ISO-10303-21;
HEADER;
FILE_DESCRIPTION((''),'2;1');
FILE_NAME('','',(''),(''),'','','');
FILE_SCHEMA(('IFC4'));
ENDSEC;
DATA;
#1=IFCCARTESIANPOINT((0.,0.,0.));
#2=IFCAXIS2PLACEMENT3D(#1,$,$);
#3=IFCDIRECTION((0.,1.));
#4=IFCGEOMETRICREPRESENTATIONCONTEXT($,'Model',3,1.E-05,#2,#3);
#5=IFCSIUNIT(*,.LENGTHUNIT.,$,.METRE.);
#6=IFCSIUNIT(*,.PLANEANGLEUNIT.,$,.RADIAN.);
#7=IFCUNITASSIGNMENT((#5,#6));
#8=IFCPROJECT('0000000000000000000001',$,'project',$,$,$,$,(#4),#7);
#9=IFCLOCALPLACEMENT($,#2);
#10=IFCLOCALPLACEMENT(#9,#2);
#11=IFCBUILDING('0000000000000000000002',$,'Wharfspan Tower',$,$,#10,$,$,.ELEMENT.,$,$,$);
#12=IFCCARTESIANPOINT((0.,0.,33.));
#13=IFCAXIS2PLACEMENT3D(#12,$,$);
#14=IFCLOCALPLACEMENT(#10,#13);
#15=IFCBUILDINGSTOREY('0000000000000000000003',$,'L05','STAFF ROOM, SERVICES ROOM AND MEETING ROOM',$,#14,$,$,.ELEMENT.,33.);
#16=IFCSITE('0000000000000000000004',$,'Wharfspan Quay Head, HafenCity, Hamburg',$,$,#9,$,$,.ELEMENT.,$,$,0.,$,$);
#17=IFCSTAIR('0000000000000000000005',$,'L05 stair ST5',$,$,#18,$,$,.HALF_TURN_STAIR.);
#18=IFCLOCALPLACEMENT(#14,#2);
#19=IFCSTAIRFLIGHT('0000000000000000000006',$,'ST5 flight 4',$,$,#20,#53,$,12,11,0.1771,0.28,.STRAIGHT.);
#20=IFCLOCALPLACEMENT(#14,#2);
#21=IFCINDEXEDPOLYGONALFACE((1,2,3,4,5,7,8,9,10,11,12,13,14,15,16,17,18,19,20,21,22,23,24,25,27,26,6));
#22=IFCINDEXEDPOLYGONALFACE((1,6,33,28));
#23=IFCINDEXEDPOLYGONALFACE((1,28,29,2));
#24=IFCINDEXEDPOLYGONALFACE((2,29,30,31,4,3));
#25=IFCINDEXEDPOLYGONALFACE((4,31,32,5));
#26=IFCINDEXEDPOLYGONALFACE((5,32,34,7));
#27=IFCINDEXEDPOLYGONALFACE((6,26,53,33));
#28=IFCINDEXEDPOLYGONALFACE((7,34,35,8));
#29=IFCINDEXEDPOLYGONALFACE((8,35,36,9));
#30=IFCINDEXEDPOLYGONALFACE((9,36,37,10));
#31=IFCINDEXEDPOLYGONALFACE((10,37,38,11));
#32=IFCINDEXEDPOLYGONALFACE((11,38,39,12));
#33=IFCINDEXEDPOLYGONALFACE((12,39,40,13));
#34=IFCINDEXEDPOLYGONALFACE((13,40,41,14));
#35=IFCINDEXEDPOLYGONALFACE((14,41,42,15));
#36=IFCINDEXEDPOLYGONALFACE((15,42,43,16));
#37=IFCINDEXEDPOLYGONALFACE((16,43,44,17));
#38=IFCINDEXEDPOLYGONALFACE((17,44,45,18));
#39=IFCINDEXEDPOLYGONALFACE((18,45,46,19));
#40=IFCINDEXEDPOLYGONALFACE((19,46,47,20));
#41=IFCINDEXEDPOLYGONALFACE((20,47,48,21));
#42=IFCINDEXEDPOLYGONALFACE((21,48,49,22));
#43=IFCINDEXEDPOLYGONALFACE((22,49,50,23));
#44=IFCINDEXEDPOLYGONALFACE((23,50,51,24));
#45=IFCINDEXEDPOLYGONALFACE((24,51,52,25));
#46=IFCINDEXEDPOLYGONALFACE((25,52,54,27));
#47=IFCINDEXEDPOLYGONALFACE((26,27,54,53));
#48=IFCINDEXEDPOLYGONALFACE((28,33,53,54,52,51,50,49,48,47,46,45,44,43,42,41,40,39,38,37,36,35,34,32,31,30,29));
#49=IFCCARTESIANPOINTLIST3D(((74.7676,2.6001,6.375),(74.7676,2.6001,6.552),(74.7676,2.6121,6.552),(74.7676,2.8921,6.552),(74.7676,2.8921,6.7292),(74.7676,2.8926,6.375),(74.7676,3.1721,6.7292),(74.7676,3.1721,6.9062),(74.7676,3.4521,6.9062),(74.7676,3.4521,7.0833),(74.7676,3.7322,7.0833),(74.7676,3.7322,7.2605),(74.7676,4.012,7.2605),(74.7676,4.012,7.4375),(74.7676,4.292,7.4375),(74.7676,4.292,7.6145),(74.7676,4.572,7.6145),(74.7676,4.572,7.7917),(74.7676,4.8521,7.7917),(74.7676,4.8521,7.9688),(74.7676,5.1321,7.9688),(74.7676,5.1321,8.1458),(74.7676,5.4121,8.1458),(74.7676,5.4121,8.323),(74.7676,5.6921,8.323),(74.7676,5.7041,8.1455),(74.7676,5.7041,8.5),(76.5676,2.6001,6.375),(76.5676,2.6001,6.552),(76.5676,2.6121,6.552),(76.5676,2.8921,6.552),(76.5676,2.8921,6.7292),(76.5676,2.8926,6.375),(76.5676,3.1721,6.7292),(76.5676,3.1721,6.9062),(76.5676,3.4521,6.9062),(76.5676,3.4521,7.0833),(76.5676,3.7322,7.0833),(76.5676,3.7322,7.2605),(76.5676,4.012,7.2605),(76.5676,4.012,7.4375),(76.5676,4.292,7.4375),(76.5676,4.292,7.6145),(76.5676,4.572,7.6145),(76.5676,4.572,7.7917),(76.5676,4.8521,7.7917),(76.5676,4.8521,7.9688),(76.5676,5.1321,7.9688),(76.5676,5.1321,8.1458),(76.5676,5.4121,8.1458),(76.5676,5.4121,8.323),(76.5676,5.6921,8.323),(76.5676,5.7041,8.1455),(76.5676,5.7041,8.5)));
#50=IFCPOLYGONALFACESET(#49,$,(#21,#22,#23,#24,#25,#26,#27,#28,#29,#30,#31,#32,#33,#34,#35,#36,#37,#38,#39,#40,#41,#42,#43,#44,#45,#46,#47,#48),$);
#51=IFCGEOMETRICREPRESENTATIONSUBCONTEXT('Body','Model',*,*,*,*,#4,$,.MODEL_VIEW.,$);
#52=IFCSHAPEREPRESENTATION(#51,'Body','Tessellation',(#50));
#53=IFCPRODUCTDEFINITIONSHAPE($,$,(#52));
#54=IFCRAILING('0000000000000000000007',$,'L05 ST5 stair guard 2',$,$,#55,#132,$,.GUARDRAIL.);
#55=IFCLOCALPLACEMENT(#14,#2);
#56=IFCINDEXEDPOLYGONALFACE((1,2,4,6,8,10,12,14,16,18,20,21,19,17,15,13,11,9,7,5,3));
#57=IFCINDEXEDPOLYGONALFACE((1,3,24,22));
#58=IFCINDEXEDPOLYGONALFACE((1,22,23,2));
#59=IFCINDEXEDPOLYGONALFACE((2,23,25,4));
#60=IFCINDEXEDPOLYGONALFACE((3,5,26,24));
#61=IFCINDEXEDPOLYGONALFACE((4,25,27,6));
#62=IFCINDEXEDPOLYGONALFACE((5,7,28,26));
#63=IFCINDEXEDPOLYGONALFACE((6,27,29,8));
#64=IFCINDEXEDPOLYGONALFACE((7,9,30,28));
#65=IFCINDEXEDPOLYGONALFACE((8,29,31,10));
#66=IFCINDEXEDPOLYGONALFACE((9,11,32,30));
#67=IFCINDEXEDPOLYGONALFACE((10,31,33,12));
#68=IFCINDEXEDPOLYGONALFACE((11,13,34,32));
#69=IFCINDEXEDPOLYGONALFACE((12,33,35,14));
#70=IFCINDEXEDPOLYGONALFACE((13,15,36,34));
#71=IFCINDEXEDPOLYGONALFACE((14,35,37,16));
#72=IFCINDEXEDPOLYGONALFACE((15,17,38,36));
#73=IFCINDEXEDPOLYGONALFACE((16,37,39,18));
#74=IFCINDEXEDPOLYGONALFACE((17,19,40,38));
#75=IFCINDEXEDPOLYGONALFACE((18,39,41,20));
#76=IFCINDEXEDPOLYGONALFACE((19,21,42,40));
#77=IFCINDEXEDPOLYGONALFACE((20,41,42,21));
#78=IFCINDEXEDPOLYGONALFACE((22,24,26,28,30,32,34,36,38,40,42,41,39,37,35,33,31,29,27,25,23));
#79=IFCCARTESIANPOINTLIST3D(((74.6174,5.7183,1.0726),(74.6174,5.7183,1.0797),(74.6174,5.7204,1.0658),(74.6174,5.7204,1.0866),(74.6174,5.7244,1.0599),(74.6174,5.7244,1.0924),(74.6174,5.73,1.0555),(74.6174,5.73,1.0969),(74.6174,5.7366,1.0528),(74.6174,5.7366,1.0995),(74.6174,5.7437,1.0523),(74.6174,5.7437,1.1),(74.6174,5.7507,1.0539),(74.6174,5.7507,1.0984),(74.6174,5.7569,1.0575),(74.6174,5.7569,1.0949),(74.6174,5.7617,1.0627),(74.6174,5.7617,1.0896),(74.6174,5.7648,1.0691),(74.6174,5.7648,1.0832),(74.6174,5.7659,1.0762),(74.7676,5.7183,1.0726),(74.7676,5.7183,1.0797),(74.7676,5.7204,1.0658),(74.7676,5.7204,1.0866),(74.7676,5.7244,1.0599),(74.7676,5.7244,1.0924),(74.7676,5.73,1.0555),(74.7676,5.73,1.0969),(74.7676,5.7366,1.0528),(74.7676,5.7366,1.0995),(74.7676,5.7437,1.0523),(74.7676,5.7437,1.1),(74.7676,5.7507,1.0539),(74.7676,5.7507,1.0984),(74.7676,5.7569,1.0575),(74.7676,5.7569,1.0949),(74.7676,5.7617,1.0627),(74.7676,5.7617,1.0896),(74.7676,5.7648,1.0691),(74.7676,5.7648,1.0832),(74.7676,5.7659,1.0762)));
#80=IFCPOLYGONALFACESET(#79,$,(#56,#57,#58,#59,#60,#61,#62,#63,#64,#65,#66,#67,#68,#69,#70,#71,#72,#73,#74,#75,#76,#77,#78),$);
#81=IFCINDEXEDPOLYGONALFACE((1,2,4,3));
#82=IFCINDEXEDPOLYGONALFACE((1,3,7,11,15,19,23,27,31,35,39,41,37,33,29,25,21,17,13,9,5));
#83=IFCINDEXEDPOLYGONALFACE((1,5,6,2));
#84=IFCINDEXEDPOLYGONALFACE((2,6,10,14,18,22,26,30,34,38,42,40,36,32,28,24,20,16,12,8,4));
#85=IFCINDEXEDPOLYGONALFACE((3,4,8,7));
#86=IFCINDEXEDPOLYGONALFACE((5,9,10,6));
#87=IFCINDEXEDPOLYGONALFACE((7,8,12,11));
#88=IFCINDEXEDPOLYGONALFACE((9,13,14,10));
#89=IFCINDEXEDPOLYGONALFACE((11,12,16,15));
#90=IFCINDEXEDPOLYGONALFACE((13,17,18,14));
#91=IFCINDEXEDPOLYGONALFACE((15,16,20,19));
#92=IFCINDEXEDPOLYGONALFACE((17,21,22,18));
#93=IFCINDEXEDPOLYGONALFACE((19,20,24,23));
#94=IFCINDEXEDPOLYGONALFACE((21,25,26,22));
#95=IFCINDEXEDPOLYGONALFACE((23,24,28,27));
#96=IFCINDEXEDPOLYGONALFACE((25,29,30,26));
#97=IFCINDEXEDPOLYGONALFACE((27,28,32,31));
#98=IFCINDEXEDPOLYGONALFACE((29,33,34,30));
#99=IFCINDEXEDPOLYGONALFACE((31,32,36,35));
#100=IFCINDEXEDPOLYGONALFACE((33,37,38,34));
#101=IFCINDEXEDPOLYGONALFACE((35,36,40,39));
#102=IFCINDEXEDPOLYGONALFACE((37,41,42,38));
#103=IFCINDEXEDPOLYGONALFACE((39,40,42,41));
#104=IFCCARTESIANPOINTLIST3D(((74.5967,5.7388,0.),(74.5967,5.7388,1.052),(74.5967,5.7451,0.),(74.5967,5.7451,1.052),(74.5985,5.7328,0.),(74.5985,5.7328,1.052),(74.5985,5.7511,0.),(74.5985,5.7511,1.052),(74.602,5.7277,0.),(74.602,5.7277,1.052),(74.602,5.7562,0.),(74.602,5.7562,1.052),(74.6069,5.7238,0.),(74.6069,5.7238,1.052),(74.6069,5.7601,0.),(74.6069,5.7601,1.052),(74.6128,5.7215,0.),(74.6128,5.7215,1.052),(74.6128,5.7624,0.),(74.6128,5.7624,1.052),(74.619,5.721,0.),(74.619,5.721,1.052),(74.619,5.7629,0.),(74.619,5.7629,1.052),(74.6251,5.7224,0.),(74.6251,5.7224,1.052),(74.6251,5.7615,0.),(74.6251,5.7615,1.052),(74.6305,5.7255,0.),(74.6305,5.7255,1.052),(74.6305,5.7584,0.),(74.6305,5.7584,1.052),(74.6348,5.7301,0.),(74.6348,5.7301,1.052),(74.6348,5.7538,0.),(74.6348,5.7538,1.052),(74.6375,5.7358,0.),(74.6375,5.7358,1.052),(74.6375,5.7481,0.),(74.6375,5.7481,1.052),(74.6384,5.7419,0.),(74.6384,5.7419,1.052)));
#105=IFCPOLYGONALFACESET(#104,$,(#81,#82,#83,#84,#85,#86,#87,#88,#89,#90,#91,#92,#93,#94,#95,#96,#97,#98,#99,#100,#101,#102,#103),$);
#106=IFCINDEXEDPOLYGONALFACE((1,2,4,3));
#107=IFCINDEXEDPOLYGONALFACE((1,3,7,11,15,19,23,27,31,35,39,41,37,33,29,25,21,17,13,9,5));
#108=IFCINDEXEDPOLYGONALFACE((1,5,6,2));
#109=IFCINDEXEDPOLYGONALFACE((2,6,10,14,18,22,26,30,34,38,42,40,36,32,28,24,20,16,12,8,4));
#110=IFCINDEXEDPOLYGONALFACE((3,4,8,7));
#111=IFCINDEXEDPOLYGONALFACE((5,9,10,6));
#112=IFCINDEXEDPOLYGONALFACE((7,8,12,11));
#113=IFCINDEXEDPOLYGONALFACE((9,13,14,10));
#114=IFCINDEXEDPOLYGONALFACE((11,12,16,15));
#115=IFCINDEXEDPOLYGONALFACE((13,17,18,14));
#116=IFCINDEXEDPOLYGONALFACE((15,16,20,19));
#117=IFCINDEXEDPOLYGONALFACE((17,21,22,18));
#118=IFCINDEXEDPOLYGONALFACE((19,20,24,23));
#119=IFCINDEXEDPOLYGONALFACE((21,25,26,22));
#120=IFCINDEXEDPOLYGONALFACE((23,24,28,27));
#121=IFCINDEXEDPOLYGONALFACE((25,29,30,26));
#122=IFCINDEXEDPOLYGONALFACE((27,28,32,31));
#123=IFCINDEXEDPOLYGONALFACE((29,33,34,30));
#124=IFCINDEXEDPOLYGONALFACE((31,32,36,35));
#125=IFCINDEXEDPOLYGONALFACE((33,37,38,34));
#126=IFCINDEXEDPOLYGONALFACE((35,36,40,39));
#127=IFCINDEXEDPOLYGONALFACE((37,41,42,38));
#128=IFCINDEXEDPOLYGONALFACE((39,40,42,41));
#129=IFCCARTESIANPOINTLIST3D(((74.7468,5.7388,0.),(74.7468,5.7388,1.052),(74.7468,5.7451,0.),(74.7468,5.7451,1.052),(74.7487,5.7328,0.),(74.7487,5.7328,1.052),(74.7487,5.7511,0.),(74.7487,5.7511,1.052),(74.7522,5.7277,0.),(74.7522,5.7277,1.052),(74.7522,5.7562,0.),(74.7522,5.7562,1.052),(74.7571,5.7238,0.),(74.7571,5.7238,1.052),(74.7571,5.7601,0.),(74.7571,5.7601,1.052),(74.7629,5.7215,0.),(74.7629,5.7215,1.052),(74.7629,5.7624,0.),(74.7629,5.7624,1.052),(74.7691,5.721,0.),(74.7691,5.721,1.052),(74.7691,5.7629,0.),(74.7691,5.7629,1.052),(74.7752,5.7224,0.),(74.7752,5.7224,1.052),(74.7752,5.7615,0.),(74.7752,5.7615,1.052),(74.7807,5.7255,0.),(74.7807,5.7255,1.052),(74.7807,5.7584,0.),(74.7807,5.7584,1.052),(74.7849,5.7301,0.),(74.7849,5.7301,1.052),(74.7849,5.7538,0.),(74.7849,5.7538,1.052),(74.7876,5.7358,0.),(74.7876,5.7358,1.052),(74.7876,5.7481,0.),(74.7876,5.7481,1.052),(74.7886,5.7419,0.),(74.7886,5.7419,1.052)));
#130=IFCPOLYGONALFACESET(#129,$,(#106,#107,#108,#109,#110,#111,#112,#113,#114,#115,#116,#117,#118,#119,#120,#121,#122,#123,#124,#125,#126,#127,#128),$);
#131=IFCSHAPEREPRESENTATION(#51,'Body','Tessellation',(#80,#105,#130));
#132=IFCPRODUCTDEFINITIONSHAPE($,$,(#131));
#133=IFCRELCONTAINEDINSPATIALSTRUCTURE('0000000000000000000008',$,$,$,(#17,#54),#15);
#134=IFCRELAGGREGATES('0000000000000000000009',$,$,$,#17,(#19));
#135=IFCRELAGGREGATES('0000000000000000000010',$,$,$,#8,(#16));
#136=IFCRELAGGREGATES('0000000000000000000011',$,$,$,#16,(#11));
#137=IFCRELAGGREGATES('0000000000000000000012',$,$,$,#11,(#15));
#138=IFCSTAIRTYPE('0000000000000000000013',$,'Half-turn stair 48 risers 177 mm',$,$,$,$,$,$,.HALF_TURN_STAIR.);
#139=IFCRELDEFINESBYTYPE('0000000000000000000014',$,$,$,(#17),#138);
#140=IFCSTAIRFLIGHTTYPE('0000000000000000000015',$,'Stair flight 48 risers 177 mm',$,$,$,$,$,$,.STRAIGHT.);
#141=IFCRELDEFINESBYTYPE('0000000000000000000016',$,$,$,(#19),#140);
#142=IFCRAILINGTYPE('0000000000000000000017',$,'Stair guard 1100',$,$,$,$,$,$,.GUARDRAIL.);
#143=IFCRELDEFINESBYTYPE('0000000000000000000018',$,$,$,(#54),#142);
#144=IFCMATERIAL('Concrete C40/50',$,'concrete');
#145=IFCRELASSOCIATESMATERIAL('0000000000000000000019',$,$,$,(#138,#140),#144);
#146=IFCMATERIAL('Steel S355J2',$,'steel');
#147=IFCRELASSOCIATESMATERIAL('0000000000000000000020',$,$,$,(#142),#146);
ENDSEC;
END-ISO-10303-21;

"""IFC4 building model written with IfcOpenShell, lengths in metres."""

from ifc_helpers import new_model, si_unit, direction, frame, origin, origin_2d, place, context, subcontext, project, spatial, polyline, circle, outline, extrude, material, type_object, element, aggregate, save


model = new_model("IFC4")

# Units and contexts
model_context = context("Model", 3, precision=1e-05, world=origin(), true_north=direction((0.0, 1.0)))
body_context = subcontext(model_context, "Body", "Model", "MODEL_VIEW")
ifc_project = project(units=[si_unit("LENGTHUNIT", "METRE"), si_unit("PLANEANGLEUNIT", "RADIAN")], contexts=[model_context])

# Site, building, storey
site_placement = place(None, origin())
site = spatial("IfcSite", under=ifc_project, at=site_placement, Name="Wharfspan Quay Head, HafenCity, Hamburg", CompositionType="ELEMENT", RefElevation=0.0)
building_placement = place(site_placement, origin())
building = spatial("IfcBuilding", under=site, at=building_placement, Name="Wharfspan Tower", CompositionType="ELEMENT")
storey_placement = place(building_placement, frame((0.0, 0.0, 33.0)))
storey = spatial("IfcBuildingStorey", under=building, at=storey_placement, Name="L05", Description="STAFF ROOM, SERVICES ROOM AND MEETING ROOM", CompositionType="ELEMENT", Elevation=33.0)

# Shared definitions
ifc_material_1 = material(Name="Concrete C40/50", Category="concrete")

# Stair, stair flight
stair_type = type_object("IfcStairType", Name="Half-turn stair 48 risers 177 mm", PredefinedType="HALF_TURN_STAIR", material=ifc_material_1)
stair_placement = place(storey_placement, origin())
stair = element("IfcStair", 1, at=stair_placement, inside=storey, type_object=stair_type, Name="L05 stair ST5", PredefinedType="HALF_TURN_STAIR")
stair_flight_type = type_object("IfcStairFlightType", Name="Stair flight 48 risers 177 mm", PredefinedType="STRAIGHT", material=ifc_material_1)
stair_flight_1_placement = place(storey_placement, frame((75.6675, 2.6121, 6.375), z_axis=(0.0, 0.0, 1.0), x_axis=(0.0, 1.0, 0.0)))
stair_flight_1 = element("IfcStairFlight", 2, at=stair_flight_1_placement, type_object=stair_flight_type, Name="ST5 flight 4", NumberOfRisers=12, NumberOfTreads=11, PredefinedType="STRAIGHT", RiserHeight=0.1771, TreadLength=0.28, context=body_context, shape_type="SweptSolid", body=[
    extrude(outline(polyline([(-0.012, 0.0), (-0.012, 0.177), (0.0, 0.177), (0.28, 0.177), (0.28, 0.3542), (0.5601, 0.3542), (0.5601, 0.5312), (0.8401, 0.5312), (0.8401, 0.7083), (1.1201, 0.7083), (1.1201, 0.8855), (1.3999, 0.8855), (1.3999, 1.0625), (1.6799, 1.0625), (1.6799, 1.2395), (1.96, 1.2395), (1.96, 1.4167), (2.24, 1.4167), (2.24, 1.5938), (2.52, 1.5938), (2.52, 1.7708), (2.8, 1.7708), (2.8, 1.948), (3.0801, 1.948), (3.092, 2.125), (3.092, 1.7705), (0.2805, 0.0), (-0.012, 0.0)])), frame((0.0, 0.8999, 0.0), z_axis=(0.0, -1.0, 0.0), x_axis=(1.0, 0.0, 0.0)), (0.0, 0.0, 1.0), 1.8),
])
aggregate(stair, [stair_flight_1])

# Railing
ifc_material_2 = material(Name="Steel S355J2", Category="steel")
railing_type_1 = type_object("IfcRailingType", Name="Stair guard 1100", PredefinedType="GUARDRAIL", material=ifc_material_2)
railing_1_placement = place(storey_placement, frame((74.6174, 5.7419, 0.0)))
element("IfcRailing", 3, at=railing_1_placement, inside=storey, type_object=railing_type_1, Name="L05 ST5 stair guard 2", PredefinedType="GUARDRAIL", context=body_context, shape_type="SweptSolid", body=[
    extrude(circle(Radius=0.0239, at=origin_2d()), frame((0.0, 0.0, 1.0762), z_axis=(1.0, 0.0, 0.0), x_axis=(0.0, 1.0, 0.0)), (0.0, 0.0, 1.0), 0.1501),
    extrude(circle(Radius=0.021, at=origin_2d()), origin(), (0.0, 0.0, 1.0), 1.052),
    extrude(circle(Radius=0.021, at=origin_2d()), frame((0.1501, 0.0, 0.0)), (0.0, 0.0, 1.0), 1.052),
])

save(model, "model.ifc")
